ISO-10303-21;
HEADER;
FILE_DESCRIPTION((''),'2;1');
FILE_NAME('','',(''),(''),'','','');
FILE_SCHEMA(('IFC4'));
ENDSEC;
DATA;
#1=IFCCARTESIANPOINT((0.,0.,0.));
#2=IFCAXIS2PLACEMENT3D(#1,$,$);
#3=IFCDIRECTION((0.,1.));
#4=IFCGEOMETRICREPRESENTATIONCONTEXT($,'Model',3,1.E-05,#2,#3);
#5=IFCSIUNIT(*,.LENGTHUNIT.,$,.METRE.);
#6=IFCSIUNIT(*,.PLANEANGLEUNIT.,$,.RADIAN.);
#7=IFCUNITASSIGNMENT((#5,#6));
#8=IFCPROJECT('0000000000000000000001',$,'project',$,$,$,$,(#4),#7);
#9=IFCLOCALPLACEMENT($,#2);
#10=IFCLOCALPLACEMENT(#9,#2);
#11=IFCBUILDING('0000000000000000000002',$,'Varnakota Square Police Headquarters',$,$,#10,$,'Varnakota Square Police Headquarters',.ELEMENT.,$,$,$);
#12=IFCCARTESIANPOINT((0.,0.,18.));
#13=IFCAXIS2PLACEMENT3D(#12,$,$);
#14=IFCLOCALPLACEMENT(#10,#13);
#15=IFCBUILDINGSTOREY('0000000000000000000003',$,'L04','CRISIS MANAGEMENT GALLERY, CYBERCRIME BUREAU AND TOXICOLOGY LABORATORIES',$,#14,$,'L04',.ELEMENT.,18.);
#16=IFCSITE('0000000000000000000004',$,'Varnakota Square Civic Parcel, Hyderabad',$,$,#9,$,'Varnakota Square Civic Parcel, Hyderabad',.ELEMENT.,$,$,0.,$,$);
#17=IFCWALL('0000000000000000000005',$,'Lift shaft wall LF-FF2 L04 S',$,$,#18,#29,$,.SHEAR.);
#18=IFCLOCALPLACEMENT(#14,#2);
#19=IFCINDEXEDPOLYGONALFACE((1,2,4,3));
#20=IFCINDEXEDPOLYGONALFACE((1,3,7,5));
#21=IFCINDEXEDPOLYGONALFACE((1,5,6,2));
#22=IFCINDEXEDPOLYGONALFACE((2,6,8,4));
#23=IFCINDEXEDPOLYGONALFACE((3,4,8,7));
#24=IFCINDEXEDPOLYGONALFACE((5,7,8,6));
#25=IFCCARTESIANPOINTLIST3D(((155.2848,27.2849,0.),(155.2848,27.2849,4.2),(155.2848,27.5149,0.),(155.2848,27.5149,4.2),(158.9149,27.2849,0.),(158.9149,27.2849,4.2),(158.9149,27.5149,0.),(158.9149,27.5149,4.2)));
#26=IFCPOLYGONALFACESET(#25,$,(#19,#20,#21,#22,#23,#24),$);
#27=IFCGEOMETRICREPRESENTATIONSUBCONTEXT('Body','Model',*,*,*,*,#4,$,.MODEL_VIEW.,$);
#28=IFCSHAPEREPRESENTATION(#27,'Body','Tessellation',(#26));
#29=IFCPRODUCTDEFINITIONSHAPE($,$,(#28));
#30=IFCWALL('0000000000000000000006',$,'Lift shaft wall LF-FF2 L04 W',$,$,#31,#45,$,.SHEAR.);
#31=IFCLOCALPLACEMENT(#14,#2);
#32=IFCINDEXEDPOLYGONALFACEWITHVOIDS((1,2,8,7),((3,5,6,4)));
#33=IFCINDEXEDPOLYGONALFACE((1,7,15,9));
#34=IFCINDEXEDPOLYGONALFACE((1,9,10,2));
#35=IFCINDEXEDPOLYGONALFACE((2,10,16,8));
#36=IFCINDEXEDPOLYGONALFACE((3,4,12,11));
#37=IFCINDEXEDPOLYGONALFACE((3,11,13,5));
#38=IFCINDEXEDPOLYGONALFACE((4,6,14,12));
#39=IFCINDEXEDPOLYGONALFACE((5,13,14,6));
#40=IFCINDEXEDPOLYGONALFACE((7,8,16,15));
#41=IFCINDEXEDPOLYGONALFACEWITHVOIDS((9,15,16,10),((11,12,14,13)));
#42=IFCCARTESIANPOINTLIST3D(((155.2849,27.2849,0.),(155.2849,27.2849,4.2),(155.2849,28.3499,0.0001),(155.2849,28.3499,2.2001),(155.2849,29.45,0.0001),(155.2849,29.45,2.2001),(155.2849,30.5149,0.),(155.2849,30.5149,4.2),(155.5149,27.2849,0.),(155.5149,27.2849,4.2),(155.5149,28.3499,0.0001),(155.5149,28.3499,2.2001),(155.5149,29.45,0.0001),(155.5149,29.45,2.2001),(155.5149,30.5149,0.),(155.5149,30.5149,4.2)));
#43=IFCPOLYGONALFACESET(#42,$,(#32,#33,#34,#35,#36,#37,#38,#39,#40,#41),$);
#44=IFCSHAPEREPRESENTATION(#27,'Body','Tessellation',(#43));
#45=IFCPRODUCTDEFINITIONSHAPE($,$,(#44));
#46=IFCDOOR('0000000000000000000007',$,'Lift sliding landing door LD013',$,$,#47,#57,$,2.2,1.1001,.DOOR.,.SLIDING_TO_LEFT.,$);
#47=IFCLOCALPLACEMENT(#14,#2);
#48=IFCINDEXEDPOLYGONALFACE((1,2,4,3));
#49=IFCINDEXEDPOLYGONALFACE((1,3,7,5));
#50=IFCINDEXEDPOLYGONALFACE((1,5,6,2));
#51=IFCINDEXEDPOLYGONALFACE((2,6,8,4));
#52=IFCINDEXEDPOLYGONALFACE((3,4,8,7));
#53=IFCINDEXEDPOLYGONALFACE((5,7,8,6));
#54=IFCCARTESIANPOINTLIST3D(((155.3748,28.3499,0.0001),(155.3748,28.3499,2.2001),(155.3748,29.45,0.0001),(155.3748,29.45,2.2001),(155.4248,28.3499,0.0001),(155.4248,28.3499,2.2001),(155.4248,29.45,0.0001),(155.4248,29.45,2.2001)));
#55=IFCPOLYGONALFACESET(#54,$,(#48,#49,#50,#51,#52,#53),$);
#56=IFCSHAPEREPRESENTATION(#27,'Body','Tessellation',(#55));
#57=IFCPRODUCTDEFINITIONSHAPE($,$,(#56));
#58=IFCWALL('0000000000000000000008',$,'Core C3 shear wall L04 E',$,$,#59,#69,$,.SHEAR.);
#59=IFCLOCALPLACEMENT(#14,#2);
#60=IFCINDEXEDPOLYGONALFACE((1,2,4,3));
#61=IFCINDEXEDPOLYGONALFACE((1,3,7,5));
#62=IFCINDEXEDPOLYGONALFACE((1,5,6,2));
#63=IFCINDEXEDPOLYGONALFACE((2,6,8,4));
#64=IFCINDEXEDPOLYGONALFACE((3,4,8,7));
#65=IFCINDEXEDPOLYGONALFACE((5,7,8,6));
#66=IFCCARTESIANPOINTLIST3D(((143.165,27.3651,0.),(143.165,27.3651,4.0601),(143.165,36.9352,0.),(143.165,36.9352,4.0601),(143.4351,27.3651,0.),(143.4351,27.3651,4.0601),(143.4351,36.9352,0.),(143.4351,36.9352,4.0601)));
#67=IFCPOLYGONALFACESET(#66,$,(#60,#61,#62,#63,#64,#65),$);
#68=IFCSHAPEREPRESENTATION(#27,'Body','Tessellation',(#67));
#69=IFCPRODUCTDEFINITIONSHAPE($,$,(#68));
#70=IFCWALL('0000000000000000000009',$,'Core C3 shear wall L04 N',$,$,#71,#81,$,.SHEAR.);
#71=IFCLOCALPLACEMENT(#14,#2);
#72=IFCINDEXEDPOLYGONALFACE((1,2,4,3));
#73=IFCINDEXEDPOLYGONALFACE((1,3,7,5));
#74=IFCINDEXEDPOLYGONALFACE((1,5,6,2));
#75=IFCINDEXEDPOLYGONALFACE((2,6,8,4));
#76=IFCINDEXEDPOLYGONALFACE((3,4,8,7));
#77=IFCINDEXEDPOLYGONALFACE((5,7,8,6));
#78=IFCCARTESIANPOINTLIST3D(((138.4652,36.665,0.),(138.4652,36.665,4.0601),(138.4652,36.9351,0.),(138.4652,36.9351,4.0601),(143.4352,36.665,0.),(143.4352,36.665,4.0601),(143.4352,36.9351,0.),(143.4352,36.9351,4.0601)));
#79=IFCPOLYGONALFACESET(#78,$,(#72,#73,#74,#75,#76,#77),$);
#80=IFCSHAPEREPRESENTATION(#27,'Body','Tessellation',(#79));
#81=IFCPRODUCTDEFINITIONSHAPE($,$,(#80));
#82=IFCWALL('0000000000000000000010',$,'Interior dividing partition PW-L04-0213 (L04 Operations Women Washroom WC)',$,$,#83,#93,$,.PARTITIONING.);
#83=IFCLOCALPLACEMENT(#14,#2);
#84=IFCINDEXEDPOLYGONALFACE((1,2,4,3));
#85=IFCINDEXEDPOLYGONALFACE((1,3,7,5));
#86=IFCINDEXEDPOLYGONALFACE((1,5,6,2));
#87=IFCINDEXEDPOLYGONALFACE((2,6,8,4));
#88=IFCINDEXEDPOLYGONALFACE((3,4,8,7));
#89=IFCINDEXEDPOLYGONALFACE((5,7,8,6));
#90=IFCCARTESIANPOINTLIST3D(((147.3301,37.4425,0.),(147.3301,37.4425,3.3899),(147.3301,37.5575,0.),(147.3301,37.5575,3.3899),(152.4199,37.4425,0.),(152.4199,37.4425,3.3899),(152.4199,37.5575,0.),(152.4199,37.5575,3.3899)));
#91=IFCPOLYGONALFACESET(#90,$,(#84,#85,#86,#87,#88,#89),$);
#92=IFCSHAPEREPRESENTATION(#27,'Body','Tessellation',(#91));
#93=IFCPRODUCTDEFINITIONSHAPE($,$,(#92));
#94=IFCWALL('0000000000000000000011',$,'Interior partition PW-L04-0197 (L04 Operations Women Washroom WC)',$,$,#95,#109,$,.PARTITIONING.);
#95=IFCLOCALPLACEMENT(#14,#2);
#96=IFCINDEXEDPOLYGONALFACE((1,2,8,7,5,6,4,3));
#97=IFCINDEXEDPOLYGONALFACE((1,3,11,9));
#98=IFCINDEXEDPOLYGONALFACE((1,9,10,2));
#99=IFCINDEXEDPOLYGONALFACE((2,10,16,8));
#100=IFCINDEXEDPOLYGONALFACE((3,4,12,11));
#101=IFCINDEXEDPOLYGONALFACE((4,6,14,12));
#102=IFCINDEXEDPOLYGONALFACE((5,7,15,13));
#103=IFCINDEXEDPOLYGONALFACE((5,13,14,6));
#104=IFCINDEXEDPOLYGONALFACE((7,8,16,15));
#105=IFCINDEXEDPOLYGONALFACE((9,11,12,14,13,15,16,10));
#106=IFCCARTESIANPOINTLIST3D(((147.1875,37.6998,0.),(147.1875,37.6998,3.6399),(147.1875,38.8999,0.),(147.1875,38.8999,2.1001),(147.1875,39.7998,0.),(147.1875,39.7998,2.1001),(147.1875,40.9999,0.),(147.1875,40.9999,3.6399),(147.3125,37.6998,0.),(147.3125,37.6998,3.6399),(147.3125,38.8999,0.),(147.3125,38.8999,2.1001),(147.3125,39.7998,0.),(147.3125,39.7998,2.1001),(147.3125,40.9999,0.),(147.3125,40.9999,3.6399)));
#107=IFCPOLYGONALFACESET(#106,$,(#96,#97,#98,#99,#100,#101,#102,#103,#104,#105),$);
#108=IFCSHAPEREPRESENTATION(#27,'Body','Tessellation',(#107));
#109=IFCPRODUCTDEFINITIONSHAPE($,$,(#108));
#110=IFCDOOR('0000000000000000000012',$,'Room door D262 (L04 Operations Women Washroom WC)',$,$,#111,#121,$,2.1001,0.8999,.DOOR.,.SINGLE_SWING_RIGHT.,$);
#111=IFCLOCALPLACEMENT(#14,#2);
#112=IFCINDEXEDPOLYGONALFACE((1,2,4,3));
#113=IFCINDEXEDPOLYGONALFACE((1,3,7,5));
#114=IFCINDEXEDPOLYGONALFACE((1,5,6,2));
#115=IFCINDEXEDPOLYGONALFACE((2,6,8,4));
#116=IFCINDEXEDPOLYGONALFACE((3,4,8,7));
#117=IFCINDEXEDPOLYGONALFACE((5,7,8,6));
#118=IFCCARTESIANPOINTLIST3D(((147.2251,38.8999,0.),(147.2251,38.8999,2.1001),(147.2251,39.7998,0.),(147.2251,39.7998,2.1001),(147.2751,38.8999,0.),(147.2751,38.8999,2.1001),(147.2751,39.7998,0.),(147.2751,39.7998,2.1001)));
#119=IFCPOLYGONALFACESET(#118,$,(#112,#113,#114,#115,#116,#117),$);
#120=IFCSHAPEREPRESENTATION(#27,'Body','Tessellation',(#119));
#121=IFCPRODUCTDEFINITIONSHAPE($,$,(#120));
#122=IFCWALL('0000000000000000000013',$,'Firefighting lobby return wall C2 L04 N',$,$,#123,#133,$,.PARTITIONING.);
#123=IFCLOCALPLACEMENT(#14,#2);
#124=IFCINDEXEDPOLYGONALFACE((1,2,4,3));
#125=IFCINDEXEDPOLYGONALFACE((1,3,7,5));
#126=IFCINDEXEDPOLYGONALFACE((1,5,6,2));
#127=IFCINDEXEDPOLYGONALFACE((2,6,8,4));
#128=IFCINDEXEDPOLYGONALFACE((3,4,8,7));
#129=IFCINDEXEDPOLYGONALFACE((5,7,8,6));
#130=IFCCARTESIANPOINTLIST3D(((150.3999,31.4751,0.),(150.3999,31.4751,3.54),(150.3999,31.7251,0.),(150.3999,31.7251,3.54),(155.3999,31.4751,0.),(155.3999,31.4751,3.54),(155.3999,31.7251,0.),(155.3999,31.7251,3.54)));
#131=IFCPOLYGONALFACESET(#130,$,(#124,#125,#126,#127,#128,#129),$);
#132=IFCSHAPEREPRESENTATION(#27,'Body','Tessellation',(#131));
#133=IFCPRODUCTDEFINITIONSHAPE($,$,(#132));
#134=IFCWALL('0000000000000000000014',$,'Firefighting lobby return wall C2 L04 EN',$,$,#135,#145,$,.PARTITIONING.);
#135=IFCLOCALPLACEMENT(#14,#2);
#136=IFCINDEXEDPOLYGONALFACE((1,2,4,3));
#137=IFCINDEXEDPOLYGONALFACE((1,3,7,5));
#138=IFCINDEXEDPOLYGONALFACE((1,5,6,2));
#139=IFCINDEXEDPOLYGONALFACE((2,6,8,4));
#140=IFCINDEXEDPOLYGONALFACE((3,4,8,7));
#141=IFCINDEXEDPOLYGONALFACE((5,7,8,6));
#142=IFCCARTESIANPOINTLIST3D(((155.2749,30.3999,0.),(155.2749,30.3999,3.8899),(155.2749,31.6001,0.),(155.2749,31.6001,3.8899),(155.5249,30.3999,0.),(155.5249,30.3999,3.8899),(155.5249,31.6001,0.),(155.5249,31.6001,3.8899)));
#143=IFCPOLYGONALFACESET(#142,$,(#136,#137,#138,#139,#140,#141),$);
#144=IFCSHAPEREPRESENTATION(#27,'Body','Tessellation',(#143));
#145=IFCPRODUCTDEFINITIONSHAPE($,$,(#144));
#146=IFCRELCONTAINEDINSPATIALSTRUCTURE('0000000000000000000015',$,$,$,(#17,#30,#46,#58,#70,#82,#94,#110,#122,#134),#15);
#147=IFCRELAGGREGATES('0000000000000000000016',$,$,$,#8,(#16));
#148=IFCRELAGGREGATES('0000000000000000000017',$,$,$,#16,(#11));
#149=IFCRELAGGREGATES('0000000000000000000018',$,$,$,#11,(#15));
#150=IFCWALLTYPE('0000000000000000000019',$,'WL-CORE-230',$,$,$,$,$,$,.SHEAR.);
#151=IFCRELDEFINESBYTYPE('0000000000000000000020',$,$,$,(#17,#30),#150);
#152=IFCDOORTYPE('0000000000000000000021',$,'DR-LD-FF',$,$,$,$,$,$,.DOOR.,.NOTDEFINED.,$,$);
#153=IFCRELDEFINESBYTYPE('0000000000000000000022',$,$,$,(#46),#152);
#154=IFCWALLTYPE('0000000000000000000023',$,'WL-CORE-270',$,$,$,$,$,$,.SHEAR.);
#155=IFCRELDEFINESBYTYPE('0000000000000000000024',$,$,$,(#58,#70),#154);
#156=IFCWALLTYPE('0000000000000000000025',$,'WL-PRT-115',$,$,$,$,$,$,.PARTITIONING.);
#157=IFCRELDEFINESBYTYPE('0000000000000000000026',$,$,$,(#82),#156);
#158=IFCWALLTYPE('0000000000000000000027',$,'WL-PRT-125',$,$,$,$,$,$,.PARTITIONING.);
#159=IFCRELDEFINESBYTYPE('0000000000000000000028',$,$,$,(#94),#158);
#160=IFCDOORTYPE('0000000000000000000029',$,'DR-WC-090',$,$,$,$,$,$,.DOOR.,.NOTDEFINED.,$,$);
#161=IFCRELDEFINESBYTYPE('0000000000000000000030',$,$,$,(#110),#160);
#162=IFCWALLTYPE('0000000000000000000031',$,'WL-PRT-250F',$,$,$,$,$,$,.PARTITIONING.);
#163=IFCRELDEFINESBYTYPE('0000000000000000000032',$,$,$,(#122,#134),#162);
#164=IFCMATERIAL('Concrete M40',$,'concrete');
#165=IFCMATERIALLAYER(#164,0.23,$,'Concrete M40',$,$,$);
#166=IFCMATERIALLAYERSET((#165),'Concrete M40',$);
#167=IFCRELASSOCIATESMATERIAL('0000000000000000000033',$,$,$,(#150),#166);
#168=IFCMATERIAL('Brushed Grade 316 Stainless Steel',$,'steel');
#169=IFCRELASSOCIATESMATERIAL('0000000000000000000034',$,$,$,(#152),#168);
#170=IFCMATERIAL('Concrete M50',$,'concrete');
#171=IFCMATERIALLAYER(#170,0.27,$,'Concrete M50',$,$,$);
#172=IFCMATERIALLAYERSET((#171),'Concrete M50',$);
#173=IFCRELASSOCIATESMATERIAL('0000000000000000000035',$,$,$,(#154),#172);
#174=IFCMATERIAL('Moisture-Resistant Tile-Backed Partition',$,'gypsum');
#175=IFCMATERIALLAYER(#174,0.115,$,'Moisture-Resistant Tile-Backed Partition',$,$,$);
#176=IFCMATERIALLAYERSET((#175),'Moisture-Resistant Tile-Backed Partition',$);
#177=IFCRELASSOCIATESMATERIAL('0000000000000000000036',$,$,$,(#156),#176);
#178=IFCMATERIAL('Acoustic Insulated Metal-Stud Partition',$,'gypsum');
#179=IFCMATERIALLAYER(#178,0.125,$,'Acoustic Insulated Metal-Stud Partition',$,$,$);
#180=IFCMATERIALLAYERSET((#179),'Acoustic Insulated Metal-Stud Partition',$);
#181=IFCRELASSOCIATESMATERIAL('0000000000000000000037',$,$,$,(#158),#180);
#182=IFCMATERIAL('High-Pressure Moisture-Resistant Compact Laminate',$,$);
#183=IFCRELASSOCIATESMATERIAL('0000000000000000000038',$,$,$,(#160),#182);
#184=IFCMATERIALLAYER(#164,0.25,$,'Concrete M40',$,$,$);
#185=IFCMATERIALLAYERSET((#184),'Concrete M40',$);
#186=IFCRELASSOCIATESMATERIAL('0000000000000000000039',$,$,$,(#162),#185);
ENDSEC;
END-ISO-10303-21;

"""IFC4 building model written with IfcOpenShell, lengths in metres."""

from ifc_helpers import new_model, si_unit, direction, frame, frame_2d, origin, place, context, subcontext, project, spatial, rectangle, extrude, material, layer, layer_set, type_object, element, fill, save


model = new_model("IFC4")

# Units and contexts
model_context = context("Model", 3, precision=1e-05, world=origin(), true_north=direction((0.0, 1.0)))
body_context = subcontext(model_context, "Body", "Model", "MODEL_VIEW")
ifc_project = project(units=[si_unit("LENGTHUNIT", "METRE"), si_unit("PLANEANGLEUNIT", "RADIAN")], contexts=[model_context])

# Site, building, storey
site_placement = place(None, origin())
site = spatial("IfcSite", under=ifc_project, at=site_placement, Name="Varnakota Square Civic Parcel, Hyderabad", LongName="Varnakota Square Civic Parcel, Hyderabad", CompositionType="ELEMENT", RefElevation=0.0)
building_placement = place(site_placement, origin())
building = spatial("IfcBuilding", under=site, at=building_placement, Name="Varnakota Square Police Headquarters", LongName="Varnakota Square Police Headquarters", CompositionType="ELEMENT")
storey_placement = place(building_placement, frame((0.0, 0.0, 18.0)))
storey = spatial("IfcBuildingStorey", under=building, at=storey_placement, Name="L04", Description="CRISIS MANAGEMENT GALLERY, CYBERCRIME BUREAU AND TOXICOLOGY LABORATORIES", LongName="L04", CompositionType="ELEMENT", Elevation=18.0)

# Wall
ifc_material_1 = material(Name="Concrete M40", Category="concrete")
ifc_layer_1 = layer(ifc_material_1, 0.23, Name="Concrete M40")
ifc_layer_set_1 = layer_set([ifc_layer_1], Name="Concrete M40")
wall_type_1 = type_object("IfcWallType", Name="WL-CORE-230", PredefinedType="SHEAR", material=ifc_layer_set_1)
wall_1_placement = place(storey_placement, frame((155.2849, 27.3999, 0.0), z_axis=(0.0, 0.0, 1.0), x_axis=(1.0, 0.0, 0.0)))
element("IfcWall", 1, at=wall_1_placement, inside=storey, type_object=wall_type_1, Name="Lift shaft wall LF-FF2 L04 S", PredefinedType="SHEAR", context=body_context, shape_type="SweptSolid", body=[
    extrude(rectangle(XDim=3.6301, YDim=0.23, at=frame_2d((1.8149, 0.0))), origin(), (0.0, 0.0, 1.0), 4.2),
])

# Wall, opening, door
wall_2_placement = place(storey_placement, frame((155.3999, 30.5149, 0.0), z_axis=(0.0, 0.0, 1.0), x_axis=(0.0, -1.0, 0.0)))
wall_2 = element("IfcWall", 2, at=wall_2_placement, inside=storey, type_object=wall_type_1, Name="Lift shaft wall LF-FF2 L04 W", PredefinedType="SHEAR", context=body_context, shape_type="SweptSolid", body=[
    extrude(rectangle(XDim=3.23, YDim=0.23, at=frame_2d((1.615, 0.0))), origin(), (0.0, 0.0, 1.0), 4.2),
])
opening_1_placement = place(wall_2_placement, frame((1.0649, 0.0, 0.0)))
opening_1 = element("IfcOpeningElement", 3, at=opening_1_placement, cuts=wall_2, PredefinedType="OPENING", context=body_context, shape_type="SweptSolid", body=[
    extrude(rectangle(XDim=1.1001, YDim=2.2, at=frame_2d((0.55, 1.1001))), frame((0.0, 0.125, 0.0), z_axis=(0.0, -1.0, 0.0), x_axis=(1.0, 0.0, 0.0)), (0.0, 0.0, 1.0), 0.25),
])
ifc_material_2 = material(Name="Brushed Grade 316 Stainless Steel", Category="steel")
door_type_1 = type_object("IfcDoorType", Name="DR-LD-FF", OperationType="NOTDEFINED", PredefinedType="DOOR", material=ifc_material_2)
door_1_placement = place(opening_1_placement, origin())
door_1 = element("IfcDoor", 4, at=door_1_placement, inside=storey, type_object=door_type_1, Name="Lift sliding landing door LD013", OperationType="SLIDING_TO_LEFT", OverallHeight=2.2, OverallWidth=1.1001, PredefinedType="DOOR", context=body_context, shape_type="SweptSolid", body=[
    extrude(rectangle(XDim=1.1001, YDim=2.2, at=frame_2d((0.55, 1.1001))), frame((0.0, 0.0249, 0.0), z_axis=(0.0, -1.0, 0.0), x_axis=(1.0, 0.0, 0.0)), (0.0, 0.0, 1.0), 0.05),
])
fill(opening_1, door_1)

# Walls
ifc_material_3 = material(Name="Concrete M50", Category="concrete")
ifc_layer_2 = layer(ifc_material_3, 0.27, Name="Concrete M50")
ifc_layer_set_2 = layer_set([ifc_layer_2], Name="Concrete M50")
wall_type_2 = type_object("IfcWallType", Name="WL-CORE-270", PredefinedType="SHEAR", material=ifc_layer_set_2)
wall_3_placement = place(storey_placement, frame((143.3, 27.365, 0.0), z_axis=(0.0, 0.0, 1.0), x_axis=(0.0, 1.0, 0.0)))
element("IfcWall", 5, at=wall_3_placement, inside=storey, type_object=wall_type_2, Name="Core C3 shear wall L04 E", PredefinedType="SHEAR", context=body_context, shape_type="SweptSolid", body=[
    extrude(rectangle(XDim=9.5701, YDim=0.27, at=frame_2d((4.7852, 0.0))), origin(), (0.0, 0.0, 1.0), 4.0601),
])
wall_4_placement = place(storey_placement, frame((143.4351, 36.8, 0.0), z_axis=(0.0, 0.0, 1.0), x_axis=(-1.0, 0.0, 0.0)))
element("IfcWall", 6, at=wall_4_placement, inside=storey, type_object=wall_type_2, Name="Core C3 shear wall L04 N", PredefinedType="SHEAR", context=body_context, shape_type="SweptSolid", body=[
    extrude(rectangle(XDim=4.97, YDim=0.27, at=frame_2d((2.4849, 0.0))), origin(), (0.0, 0.0, 1.0), 4.0601),
])
ifc_material_4 = material(Name="Moisture-Resistant Tile-Backed Partition", Category="gypsum")
ifc_layer_3 = layer(ifc_material_4, 0.115, Name="Moisture-Resistant Tile-Backed Partition")
ifc_layer_set_3 = layer_set([ifc_layer_3], Name="Moisture-Resistant Tile-Backed Partition")
wall_type_3 = type_object("IfcWallType", Name="WL-PRT-115", PredefinedType="PARTITIONING", material=ifc_layer_set_3)
wall_5_placement = place(storey_placement, frame((152.4199, 37.5, 0.0), z_axis=(0.0, 0.0, 1.0), x_axis=(-1.0, 0.0, 0.0)))
element("IfcWall", 7, at=wall_5_placement, inside=storey, type_object=wall_type_3, Name="Interior dividing partition PW-L04-0213 (L04 Operations Women Washroom WC)", PredefinedType="PARTITIONING", context=body_context, shape_type="SweptSolid", body=[
    extrude(rectangle(XDim=5.0898, YDim=0.115, at=frame_2d((2.5449, 0.0))), origin(), (0.0, 0.0, 1.0), 3.3899),
])

# Wall, opening, door
ifc_material_5 = material(Name="Acoustic Insulated Metal-Stud Partition", Category="gypsum")
ifc_layer_4 = layer(ifc_material_5, 0.125, Name="Acoustic Insulated Metal-Stud Partition")
ifc_layer_set_4 = layer_set([ifc_layer_4], Name="Acoustic Insulated Metal-Stud Partition")
wall_type_4 = type_object("IfcWallType", Name="WL-PRT-125", PredefinedType="PARTITIONING", material=ifc_layer_set_4)
wall_6_placement = place(storey_placement, frame((147.25, 37.7, 0.0), z_axis=(0.0, 0.0, 1.0), x_axis=(0.0, 1.0, 0.0)))
wall_6 = element("IfcWall", 8, at=wall_6_placement, inside=storey, type_object=wall_type_4, Name="Interior partition PW-L04-0197 (L04 Operations Women Washroom WC)", PredefinedType="PARTITIONING", context=body_context, shape_type="SweptSolid", body=[
    extrude(rectangle(XDim=3.3, YDim=0.125, at=frame_2d((1.6499, 0.0))), origin(), (0.0, 0.0, 1.0), 3.6399),
])
opening_2_placement = place(wall_6_placement, frame((1.2, 0.0, 0.0)))
opening_2 = element("IfcOpeningElement", 9, at=opening_2_placement, cuts=wall_6, PredefinedType="OPENING", context=body_context, shape_type="SweptSolid", body=[
    extrude(rectangle(XDim=0.8999, YDim=2.1001, at=frame_2d((0.45, 1.05))), frame((0.0, 0.0725, 0.0), z_axis=(0.0, -1.0, 0.0), x_axis=(1.0, 0.0, 0.0)), (0.0, 0.0, 1.0), 0.145),
])
ifc_material_6 = material(Name="High-Pressure Moisture-Resistant Compact Laminate")
door_type_2 = type_object("IfcDoorType", Name="DR-WC-090", OperationType="NOTDEFINED", PredefinedType="DOOR", material=ifc_material_6)
door_2_placement = place(opening_2_placement, origin())
door_2 = element("IfcDoor", 10, at=door_2_placement, inside=storey, type_object=door_type_2, Name="Room door D262 (L04 Operations Women Washroom WC)", OperationType="SINGLE_SWING_RIGHT", OverallHeight=2.1001, OverallWidth=0.8999, PredefinedType="DOOR", context=body_context, shape_type="SweptSolid", body=[
    extrude(rectangle(XDim=0.8999, YDim=2.1001, at=frame_2d((0.45, 1.05))), frame((0.0, 0.0249, 0.0), z_axis=(0.0, -1.0, 0.0), x_axis=(1.0, 0.0, 0.0)), (0.0, 0.0, 1.0), 0.05),
])
fill(opening_2, door_2)

# Walls
ifc_layer_5 = layer(ifc_material_1, 0.25, Name="Concrete M40")
ifc_layer_set_5 = layer_set([ifc_layer_5], Name="Concrete M40")
wall_type_5 = type_object("IfcWallType", Name="WL-PRT-250F", PredefinedType="PARTITIONING", material=ifc_layer_set_5)
wall_7_placement = place(storey_placement, frame((150.3999, 31.6001, 0.0), z_axis=(0.0, 0.0, 1.0), x_axis=(1.0, 0.0, 0.0)))
element("IfcWall", 11, at=wall_7_placement, inside=storey, type_object=wall_type_5, Name="Firefighting lobby return wall C2 L04 N", PredefinedType="PARTITIONING", context=body_context, shape_type="SweptSolid", body=[
    extrude(rectangle(XDim=5.0, YDim=0.25, at=frame_2d((2.5, 0.0))), origin(), (0.0, 0.0, 1.0), 3.54),
])
wall_8_placement = place(storey_placement, frame((155.3999, 30.3999, 0.0), z_axis=(0.0, 0.0, 1.0), x_axis=(0.0, 1.0, 0.0)))
element("IfcWall", 12, at=wall_8_placement, inside=storey, type_object=wall_type_5, Name="Firefighting lobby return wall C2 L04 EN", PredefinedType="PARTITIONING", context=body_context, shape_type="SweptSolid", body=[
    extrude(rectangle(XDim=1.2002, YDim=0.25, at=frame_2d((0.6001, 0.0))), origin(), (0.0, 0.0, 1.0), 3.8899),
])

save(model, "model.ifc")
